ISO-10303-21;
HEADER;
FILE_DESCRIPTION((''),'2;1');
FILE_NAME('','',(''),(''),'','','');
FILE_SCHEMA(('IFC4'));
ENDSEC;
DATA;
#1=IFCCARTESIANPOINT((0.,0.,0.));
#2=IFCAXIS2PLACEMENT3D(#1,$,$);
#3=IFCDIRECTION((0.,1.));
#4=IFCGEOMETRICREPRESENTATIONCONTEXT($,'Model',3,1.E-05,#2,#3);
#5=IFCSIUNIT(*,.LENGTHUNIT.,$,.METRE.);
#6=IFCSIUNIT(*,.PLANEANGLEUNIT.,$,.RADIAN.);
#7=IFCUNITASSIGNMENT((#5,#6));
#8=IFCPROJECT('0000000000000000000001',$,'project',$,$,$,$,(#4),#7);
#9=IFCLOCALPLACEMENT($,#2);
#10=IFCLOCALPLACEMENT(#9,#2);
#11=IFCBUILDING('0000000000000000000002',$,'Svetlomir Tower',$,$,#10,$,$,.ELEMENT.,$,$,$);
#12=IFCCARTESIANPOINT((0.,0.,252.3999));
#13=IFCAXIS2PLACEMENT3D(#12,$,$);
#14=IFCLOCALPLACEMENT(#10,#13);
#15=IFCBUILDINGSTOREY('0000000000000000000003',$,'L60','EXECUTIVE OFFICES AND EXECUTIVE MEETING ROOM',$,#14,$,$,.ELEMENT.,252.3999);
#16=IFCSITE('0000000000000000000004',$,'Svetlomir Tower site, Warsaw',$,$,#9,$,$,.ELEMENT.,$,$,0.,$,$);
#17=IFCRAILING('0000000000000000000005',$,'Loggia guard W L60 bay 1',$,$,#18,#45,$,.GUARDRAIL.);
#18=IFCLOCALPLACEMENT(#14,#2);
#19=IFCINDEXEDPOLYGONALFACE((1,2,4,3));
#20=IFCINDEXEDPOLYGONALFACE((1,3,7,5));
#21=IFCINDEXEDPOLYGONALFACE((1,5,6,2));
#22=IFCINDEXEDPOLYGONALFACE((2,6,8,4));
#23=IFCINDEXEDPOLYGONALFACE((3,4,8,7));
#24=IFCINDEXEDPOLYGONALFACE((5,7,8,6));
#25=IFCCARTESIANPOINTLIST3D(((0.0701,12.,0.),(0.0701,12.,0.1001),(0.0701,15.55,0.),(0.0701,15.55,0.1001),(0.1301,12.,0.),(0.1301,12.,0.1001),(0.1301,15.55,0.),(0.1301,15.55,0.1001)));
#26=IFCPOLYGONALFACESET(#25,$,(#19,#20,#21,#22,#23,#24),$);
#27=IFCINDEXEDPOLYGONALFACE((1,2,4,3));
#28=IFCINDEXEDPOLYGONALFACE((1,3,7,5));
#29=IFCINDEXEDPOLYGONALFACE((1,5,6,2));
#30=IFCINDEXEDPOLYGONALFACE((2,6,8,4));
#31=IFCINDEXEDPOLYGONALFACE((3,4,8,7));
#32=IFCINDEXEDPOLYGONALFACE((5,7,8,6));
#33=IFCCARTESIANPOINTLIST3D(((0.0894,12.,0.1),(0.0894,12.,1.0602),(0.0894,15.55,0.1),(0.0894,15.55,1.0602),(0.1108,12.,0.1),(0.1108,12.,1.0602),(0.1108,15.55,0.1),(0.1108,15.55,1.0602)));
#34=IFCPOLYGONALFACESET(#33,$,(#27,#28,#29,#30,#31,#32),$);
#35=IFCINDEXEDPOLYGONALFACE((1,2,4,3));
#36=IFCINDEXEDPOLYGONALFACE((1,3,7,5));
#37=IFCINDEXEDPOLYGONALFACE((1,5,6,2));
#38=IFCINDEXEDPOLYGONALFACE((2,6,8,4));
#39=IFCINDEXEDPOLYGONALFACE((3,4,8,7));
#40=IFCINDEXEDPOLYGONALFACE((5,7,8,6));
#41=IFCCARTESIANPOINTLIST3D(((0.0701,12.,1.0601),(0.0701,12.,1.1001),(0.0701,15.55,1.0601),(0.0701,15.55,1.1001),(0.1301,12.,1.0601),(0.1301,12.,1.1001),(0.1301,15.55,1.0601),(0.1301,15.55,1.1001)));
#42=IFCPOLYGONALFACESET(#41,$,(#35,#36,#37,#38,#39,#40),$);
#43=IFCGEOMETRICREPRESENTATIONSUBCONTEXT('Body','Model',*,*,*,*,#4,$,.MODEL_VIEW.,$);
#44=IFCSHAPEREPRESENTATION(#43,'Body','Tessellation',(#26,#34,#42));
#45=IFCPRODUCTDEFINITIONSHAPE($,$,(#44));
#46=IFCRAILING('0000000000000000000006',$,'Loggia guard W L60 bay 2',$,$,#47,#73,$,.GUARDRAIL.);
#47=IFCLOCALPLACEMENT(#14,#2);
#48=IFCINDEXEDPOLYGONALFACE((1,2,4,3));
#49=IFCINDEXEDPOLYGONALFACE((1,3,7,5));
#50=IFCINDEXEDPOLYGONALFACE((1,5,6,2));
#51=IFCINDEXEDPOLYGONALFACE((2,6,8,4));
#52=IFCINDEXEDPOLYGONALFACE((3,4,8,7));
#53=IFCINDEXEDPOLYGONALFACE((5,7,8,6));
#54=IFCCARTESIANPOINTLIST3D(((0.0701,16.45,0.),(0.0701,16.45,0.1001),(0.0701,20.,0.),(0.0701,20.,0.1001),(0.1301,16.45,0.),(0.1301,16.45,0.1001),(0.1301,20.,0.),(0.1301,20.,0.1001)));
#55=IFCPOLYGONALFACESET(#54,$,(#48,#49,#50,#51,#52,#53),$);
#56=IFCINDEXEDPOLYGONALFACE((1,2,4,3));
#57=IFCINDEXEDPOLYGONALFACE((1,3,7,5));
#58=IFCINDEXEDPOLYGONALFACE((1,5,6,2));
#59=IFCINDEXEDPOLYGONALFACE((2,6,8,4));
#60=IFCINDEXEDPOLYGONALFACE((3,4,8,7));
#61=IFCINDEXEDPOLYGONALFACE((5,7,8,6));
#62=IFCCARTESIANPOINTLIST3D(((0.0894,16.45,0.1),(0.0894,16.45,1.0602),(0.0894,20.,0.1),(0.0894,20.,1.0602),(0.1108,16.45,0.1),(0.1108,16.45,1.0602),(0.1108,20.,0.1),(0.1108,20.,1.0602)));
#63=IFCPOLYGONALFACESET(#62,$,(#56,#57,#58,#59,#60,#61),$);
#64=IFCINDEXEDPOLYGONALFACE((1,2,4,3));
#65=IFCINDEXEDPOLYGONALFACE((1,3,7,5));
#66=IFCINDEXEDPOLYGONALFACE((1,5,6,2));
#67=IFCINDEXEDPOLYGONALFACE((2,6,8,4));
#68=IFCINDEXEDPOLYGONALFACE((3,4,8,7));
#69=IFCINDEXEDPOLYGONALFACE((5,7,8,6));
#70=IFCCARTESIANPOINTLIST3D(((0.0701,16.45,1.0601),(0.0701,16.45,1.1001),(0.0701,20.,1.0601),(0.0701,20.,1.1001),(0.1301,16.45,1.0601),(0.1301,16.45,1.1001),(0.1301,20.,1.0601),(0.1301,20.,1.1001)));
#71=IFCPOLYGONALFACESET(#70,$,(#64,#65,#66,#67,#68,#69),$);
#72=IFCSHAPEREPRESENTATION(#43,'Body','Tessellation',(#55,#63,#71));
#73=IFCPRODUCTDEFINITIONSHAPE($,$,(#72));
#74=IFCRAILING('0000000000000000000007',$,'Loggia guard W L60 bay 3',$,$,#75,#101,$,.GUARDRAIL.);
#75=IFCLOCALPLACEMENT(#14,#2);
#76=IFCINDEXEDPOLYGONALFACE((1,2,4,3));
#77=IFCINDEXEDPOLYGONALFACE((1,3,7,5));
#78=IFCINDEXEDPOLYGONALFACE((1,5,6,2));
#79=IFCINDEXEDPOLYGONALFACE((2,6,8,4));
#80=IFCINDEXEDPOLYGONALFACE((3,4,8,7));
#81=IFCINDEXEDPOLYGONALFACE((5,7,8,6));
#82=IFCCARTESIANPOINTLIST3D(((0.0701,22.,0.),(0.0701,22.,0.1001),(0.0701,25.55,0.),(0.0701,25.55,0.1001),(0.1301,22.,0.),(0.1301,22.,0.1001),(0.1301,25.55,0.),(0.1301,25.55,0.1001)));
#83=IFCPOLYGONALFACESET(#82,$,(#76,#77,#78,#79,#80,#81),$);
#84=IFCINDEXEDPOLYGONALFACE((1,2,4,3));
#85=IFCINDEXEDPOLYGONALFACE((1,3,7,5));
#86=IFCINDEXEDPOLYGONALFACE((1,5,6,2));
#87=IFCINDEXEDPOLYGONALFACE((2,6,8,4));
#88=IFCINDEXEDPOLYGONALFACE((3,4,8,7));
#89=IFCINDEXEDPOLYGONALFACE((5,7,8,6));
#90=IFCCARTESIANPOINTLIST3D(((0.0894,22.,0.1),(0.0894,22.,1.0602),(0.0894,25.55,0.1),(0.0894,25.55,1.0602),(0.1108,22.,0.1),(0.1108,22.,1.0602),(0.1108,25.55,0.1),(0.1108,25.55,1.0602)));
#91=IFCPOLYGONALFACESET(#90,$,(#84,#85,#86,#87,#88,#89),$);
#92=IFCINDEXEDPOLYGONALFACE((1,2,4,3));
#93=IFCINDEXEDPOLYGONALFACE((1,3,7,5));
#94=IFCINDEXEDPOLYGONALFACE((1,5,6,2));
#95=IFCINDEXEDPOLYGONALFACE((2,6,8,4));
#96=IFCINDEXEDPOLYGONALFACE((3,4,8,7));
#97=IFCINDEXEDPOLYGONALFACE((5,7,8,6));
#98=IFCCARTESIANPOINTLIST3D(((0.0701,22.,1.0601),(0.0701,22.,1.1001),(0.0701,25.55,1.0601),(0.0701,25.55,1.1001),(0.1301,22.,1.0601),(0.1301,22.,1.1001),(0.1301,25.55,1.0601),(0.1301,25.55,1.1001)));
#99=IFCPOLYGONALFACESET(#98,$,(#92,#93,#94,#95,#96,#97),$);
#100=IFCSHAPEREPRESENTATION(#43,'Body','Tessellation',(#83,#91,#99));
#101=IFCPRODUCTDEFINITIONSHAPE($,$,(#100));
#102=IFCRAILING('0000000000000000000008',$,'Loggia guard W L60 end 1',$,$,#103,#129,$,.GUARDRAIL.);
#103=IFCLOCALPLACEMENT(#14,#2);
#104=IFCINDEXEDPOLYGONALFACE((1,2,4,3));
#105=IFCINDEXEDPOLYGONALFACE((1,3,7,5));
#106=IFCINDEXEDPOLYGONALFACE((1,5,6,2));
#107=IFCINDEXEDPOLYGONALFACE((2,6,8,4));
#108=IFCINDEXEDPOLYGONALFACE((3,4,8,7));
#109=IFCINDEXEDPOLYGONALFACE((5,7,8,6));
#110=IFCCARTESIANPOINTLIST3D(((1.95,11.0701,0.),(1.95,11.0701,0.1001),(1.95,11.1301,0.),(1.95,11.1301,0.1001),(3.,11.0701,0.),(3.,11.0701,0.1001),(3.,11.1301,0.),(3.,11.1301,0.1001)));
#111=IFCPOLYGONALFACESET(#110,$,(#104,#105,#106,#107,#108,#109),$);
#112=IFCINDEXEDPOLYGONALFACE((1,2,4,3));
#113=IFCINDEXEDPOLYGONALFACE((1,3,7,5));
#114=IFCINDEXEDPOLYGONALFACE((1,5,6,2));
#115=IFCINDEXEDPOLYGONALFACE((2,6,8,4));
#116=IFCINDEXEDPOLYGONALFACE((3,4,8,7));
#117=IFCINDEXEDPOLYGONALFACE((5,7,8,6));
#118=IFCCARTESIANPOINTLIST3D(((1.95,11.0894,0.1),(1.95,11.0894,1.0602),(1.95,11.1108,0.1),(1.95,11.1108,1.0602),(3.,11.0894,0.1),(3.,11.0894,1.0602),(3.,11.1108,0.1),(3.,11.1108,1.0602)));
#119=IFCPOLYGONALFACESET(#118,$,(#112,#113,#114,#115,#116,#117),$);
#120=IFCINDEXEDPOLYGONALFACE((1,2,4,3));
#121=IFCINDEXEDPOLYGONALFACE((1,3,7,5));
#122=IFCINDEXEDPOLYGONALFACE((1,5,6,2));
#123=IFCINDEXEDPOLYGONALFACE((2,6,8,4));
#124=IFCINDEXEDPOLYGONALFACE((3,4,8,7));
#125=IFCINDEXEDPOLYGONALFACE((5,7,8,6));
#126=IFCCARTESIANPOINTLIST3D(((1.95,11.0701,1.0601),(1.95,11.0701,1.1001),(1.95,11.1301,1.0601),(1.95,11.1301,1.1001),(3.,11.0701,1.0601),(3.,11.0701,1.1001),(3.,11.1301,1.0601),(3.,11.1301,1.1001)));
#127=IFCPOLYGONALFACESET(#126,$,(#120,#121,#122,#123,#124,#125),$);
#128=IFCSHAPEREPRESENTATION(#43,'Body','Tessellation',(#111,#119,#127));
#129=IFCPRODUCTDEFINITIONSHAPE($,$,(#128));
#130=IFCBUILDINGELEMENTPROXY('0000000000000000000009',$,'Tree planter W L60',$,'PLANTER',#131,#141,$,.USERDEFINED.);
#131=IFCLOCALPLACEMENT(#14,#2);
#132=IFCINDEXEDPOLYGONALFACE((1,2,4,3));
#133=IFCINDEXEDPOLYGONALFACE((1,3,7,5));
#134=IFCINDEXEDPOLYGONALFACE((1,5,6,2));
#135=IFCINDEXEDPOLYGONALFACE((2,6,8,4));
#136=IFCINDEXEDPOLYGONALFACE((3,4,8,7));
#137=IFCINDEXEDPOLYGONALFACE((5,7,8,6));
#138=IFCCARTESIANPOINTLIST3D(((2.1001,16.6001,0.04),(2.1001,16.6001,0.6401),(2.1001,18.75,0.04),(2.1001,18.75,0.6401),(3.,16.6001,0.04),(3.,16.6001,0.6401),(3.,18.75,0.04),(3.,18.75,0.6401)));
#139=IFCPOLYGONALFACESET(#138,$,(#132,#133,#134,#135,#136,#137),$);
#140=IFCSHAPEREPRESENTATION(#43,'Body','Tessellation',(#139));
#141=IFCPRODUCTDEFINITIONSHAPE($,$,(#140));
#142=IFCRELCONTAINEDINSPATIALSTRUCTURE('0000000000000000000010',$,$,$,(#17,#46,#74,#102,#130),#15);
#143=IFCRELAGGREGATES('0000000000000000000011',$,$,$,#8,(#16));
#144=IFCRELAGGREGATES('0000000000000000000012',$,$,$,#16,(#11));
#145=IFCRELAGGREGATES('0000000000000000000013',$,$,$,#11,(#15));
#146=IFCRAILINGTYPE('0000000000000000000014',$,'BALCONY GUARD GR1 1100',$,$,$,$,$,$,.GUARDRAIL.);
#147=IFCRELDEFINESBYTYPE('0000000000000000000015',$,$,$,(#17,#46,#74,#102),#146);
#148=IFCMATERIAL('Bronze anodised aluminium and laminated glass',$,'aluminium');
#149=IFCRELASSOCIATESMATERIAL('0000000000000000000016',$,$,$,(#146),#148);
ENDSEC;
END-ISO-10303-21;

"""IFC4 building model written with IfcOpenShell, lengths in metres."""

from ifc_helpers import new_model, si_unit, direction, frame, origin, origin_2d, place, context, subcontext, project, spatial, rectangle, extrude, material, type_object, element, save


model = new_model("IFC4")

# Units and contexts
model_context = context("Model", 3, precision=1e-05, world=origin(), true_north=direction((0.0, 1.0)))
body_context = subcontext(model_context, "Body", "Model", "MODEL_VIEW")
ifc_project = project(units=[si_unit("LENGTHUNIT", "METRE"), si_unit("PLANEANGLEUNIT", "RADIAN")], contexts=[model_context])

# Site, building, storey
site_placement = place(None, origin())
site = spatial("IfcSite", under=ifc_project, at=site_placement, Name="Svetlomir Tower site, Warsaw", CompositionType="ELEMENT", RefElevation=0.0)
building_placement = place(site_placement, origin())
building = spatial("IfcBuilding", under=site, at=building_placement, Name="Svetlomir Tower", CompositionType="ELEMENT")
storey_placement = place(building_placement, frame((0.0, 0.0, 252.3999)))
storey = spatial("IfcBuildingStorey", under=building, at=storey_placement, Name="L60", Description="EXECUTIVE OFFICES AND EXECUTIVE MEETING ROOM", CompositionType="ELEMENT", Elevation=252.3999)

# Railings
ifc_material_1 = material(Name="Bronze anodised aluminium and laminated glass", Category="aluminium")
railing_type = type_object("IfcRailingType", Name="BALCONY GUARD GR1 1100", PredefinedType="GUARDRAIL", material=ifc_material_1)
for number, where, name in (
    (1, (0.1001, 12.0, 0.0), "Loggia guard W L60 bay 1"),
    (2, (0.1001, 16.45, 0.0), "Loggia guard W L60 bay 2"),
    (3, (0.1001, 22.0, 0.0), "Loggia guard W L60 bay 3"),
):
    element("IfcRailing", number, at=place(storey_placement, frame(where)), inside=storey, type_object=railing_type, Name=name, PredefinedType="GUARDRAIL", context=body_context, shape_type="SweptSolid", body=[
        extrude(rectangle(XDim=0.0601, YDim=0.1001, at=origin_2d()), frame((0.0, 0.0, 0.05), z_axis=(0.0, 1.0, 0.0), x_axis=(-1.0, 0.0, 0.0)), (0.0, 0.0, 1.0), 3.55),
        extrude(rectangle(XDim=0.0215, YDim=0.9602, at=origin_2d()), frame((0.0, 0.0, 0.5801), z_axis=(0.0, 1.0, 0.0), x_axis=(-1.0, 0.0, 0.0)), (0.0, 0.0, 1.0), 3.55),
        extrude(rectangle(XDim=0.0601, YDim=0.04, at=origin_2d()), frame((0.0, 0.0, 1.0801), z_axis=(0.0, 1.0, 0.0), x_axis=(-1.0, 0.0, 0.0)), (0.0, 0.0, 1.0), 3.55),
    ])
railing_placement = place(storey_placement, frame((1.95, 11.1001, 0.0)))
element("IfcRailing", 4, at=railing_placement, inside=storey, type_object=railing_type, Name="Loggia guard W L60 end 1", PredefinedType="GUARDRAIL", context=body_context, shape_type="SweptSolid", body=[
    extrude(rectangle(XDim=0.0601, YDim=0.1001, at=origin_2d()), frame((0.0, 0.0, 0.05), z_axis=(1.0, 0.0, 0.0), x_axis=(0.0, 1.0, 0.0)), (0.0, 0.0, 1.0), 1.05),
    extrude(rectangle(XDim=0.0215, YDim=0.9602, at=origin_2d()), frame((0.0, 0.0, 0.5801), z_axis=(1.0, 0.0, 0.0), x_axis=(0.0, 1.0, 0.0)), (0.0, 0.0, 1.0), 1.05),
    extrude(rectangle(XDim=0.0601, YDim=0.04, at=origin_2d()), frame((0.0, 0.0, 1.0801), z_axis=(1.0, 0.0, 0.0), x_axis=(0.0, 1.0, 0.0)), (0.0, 0.0, 1.0), 1.05),
])

# Building element proxy
proxy_placement = place(storey_placement, frame((2.55, 17.675, 0.04), z_axis=(0.0, 0.0, 1.0), x_axis=(1.0, 0.0, 0.0)))
element("IfcBuildingElementProxy", 5, at=proxy_placement, inside=storey, Name="Tree planter W L60", ObjectType="PLANTER", PredefinedType="USERDEFINED", context=body_context, shape_type="SweptSolid", body=[
    extrude(rectangle(XDim=0.8999, YDim=2.1499, at=origin_2d()), origin(), (0.0, 0.0, 1.0), 0.6001),
])

save(model, "model.ifc")
